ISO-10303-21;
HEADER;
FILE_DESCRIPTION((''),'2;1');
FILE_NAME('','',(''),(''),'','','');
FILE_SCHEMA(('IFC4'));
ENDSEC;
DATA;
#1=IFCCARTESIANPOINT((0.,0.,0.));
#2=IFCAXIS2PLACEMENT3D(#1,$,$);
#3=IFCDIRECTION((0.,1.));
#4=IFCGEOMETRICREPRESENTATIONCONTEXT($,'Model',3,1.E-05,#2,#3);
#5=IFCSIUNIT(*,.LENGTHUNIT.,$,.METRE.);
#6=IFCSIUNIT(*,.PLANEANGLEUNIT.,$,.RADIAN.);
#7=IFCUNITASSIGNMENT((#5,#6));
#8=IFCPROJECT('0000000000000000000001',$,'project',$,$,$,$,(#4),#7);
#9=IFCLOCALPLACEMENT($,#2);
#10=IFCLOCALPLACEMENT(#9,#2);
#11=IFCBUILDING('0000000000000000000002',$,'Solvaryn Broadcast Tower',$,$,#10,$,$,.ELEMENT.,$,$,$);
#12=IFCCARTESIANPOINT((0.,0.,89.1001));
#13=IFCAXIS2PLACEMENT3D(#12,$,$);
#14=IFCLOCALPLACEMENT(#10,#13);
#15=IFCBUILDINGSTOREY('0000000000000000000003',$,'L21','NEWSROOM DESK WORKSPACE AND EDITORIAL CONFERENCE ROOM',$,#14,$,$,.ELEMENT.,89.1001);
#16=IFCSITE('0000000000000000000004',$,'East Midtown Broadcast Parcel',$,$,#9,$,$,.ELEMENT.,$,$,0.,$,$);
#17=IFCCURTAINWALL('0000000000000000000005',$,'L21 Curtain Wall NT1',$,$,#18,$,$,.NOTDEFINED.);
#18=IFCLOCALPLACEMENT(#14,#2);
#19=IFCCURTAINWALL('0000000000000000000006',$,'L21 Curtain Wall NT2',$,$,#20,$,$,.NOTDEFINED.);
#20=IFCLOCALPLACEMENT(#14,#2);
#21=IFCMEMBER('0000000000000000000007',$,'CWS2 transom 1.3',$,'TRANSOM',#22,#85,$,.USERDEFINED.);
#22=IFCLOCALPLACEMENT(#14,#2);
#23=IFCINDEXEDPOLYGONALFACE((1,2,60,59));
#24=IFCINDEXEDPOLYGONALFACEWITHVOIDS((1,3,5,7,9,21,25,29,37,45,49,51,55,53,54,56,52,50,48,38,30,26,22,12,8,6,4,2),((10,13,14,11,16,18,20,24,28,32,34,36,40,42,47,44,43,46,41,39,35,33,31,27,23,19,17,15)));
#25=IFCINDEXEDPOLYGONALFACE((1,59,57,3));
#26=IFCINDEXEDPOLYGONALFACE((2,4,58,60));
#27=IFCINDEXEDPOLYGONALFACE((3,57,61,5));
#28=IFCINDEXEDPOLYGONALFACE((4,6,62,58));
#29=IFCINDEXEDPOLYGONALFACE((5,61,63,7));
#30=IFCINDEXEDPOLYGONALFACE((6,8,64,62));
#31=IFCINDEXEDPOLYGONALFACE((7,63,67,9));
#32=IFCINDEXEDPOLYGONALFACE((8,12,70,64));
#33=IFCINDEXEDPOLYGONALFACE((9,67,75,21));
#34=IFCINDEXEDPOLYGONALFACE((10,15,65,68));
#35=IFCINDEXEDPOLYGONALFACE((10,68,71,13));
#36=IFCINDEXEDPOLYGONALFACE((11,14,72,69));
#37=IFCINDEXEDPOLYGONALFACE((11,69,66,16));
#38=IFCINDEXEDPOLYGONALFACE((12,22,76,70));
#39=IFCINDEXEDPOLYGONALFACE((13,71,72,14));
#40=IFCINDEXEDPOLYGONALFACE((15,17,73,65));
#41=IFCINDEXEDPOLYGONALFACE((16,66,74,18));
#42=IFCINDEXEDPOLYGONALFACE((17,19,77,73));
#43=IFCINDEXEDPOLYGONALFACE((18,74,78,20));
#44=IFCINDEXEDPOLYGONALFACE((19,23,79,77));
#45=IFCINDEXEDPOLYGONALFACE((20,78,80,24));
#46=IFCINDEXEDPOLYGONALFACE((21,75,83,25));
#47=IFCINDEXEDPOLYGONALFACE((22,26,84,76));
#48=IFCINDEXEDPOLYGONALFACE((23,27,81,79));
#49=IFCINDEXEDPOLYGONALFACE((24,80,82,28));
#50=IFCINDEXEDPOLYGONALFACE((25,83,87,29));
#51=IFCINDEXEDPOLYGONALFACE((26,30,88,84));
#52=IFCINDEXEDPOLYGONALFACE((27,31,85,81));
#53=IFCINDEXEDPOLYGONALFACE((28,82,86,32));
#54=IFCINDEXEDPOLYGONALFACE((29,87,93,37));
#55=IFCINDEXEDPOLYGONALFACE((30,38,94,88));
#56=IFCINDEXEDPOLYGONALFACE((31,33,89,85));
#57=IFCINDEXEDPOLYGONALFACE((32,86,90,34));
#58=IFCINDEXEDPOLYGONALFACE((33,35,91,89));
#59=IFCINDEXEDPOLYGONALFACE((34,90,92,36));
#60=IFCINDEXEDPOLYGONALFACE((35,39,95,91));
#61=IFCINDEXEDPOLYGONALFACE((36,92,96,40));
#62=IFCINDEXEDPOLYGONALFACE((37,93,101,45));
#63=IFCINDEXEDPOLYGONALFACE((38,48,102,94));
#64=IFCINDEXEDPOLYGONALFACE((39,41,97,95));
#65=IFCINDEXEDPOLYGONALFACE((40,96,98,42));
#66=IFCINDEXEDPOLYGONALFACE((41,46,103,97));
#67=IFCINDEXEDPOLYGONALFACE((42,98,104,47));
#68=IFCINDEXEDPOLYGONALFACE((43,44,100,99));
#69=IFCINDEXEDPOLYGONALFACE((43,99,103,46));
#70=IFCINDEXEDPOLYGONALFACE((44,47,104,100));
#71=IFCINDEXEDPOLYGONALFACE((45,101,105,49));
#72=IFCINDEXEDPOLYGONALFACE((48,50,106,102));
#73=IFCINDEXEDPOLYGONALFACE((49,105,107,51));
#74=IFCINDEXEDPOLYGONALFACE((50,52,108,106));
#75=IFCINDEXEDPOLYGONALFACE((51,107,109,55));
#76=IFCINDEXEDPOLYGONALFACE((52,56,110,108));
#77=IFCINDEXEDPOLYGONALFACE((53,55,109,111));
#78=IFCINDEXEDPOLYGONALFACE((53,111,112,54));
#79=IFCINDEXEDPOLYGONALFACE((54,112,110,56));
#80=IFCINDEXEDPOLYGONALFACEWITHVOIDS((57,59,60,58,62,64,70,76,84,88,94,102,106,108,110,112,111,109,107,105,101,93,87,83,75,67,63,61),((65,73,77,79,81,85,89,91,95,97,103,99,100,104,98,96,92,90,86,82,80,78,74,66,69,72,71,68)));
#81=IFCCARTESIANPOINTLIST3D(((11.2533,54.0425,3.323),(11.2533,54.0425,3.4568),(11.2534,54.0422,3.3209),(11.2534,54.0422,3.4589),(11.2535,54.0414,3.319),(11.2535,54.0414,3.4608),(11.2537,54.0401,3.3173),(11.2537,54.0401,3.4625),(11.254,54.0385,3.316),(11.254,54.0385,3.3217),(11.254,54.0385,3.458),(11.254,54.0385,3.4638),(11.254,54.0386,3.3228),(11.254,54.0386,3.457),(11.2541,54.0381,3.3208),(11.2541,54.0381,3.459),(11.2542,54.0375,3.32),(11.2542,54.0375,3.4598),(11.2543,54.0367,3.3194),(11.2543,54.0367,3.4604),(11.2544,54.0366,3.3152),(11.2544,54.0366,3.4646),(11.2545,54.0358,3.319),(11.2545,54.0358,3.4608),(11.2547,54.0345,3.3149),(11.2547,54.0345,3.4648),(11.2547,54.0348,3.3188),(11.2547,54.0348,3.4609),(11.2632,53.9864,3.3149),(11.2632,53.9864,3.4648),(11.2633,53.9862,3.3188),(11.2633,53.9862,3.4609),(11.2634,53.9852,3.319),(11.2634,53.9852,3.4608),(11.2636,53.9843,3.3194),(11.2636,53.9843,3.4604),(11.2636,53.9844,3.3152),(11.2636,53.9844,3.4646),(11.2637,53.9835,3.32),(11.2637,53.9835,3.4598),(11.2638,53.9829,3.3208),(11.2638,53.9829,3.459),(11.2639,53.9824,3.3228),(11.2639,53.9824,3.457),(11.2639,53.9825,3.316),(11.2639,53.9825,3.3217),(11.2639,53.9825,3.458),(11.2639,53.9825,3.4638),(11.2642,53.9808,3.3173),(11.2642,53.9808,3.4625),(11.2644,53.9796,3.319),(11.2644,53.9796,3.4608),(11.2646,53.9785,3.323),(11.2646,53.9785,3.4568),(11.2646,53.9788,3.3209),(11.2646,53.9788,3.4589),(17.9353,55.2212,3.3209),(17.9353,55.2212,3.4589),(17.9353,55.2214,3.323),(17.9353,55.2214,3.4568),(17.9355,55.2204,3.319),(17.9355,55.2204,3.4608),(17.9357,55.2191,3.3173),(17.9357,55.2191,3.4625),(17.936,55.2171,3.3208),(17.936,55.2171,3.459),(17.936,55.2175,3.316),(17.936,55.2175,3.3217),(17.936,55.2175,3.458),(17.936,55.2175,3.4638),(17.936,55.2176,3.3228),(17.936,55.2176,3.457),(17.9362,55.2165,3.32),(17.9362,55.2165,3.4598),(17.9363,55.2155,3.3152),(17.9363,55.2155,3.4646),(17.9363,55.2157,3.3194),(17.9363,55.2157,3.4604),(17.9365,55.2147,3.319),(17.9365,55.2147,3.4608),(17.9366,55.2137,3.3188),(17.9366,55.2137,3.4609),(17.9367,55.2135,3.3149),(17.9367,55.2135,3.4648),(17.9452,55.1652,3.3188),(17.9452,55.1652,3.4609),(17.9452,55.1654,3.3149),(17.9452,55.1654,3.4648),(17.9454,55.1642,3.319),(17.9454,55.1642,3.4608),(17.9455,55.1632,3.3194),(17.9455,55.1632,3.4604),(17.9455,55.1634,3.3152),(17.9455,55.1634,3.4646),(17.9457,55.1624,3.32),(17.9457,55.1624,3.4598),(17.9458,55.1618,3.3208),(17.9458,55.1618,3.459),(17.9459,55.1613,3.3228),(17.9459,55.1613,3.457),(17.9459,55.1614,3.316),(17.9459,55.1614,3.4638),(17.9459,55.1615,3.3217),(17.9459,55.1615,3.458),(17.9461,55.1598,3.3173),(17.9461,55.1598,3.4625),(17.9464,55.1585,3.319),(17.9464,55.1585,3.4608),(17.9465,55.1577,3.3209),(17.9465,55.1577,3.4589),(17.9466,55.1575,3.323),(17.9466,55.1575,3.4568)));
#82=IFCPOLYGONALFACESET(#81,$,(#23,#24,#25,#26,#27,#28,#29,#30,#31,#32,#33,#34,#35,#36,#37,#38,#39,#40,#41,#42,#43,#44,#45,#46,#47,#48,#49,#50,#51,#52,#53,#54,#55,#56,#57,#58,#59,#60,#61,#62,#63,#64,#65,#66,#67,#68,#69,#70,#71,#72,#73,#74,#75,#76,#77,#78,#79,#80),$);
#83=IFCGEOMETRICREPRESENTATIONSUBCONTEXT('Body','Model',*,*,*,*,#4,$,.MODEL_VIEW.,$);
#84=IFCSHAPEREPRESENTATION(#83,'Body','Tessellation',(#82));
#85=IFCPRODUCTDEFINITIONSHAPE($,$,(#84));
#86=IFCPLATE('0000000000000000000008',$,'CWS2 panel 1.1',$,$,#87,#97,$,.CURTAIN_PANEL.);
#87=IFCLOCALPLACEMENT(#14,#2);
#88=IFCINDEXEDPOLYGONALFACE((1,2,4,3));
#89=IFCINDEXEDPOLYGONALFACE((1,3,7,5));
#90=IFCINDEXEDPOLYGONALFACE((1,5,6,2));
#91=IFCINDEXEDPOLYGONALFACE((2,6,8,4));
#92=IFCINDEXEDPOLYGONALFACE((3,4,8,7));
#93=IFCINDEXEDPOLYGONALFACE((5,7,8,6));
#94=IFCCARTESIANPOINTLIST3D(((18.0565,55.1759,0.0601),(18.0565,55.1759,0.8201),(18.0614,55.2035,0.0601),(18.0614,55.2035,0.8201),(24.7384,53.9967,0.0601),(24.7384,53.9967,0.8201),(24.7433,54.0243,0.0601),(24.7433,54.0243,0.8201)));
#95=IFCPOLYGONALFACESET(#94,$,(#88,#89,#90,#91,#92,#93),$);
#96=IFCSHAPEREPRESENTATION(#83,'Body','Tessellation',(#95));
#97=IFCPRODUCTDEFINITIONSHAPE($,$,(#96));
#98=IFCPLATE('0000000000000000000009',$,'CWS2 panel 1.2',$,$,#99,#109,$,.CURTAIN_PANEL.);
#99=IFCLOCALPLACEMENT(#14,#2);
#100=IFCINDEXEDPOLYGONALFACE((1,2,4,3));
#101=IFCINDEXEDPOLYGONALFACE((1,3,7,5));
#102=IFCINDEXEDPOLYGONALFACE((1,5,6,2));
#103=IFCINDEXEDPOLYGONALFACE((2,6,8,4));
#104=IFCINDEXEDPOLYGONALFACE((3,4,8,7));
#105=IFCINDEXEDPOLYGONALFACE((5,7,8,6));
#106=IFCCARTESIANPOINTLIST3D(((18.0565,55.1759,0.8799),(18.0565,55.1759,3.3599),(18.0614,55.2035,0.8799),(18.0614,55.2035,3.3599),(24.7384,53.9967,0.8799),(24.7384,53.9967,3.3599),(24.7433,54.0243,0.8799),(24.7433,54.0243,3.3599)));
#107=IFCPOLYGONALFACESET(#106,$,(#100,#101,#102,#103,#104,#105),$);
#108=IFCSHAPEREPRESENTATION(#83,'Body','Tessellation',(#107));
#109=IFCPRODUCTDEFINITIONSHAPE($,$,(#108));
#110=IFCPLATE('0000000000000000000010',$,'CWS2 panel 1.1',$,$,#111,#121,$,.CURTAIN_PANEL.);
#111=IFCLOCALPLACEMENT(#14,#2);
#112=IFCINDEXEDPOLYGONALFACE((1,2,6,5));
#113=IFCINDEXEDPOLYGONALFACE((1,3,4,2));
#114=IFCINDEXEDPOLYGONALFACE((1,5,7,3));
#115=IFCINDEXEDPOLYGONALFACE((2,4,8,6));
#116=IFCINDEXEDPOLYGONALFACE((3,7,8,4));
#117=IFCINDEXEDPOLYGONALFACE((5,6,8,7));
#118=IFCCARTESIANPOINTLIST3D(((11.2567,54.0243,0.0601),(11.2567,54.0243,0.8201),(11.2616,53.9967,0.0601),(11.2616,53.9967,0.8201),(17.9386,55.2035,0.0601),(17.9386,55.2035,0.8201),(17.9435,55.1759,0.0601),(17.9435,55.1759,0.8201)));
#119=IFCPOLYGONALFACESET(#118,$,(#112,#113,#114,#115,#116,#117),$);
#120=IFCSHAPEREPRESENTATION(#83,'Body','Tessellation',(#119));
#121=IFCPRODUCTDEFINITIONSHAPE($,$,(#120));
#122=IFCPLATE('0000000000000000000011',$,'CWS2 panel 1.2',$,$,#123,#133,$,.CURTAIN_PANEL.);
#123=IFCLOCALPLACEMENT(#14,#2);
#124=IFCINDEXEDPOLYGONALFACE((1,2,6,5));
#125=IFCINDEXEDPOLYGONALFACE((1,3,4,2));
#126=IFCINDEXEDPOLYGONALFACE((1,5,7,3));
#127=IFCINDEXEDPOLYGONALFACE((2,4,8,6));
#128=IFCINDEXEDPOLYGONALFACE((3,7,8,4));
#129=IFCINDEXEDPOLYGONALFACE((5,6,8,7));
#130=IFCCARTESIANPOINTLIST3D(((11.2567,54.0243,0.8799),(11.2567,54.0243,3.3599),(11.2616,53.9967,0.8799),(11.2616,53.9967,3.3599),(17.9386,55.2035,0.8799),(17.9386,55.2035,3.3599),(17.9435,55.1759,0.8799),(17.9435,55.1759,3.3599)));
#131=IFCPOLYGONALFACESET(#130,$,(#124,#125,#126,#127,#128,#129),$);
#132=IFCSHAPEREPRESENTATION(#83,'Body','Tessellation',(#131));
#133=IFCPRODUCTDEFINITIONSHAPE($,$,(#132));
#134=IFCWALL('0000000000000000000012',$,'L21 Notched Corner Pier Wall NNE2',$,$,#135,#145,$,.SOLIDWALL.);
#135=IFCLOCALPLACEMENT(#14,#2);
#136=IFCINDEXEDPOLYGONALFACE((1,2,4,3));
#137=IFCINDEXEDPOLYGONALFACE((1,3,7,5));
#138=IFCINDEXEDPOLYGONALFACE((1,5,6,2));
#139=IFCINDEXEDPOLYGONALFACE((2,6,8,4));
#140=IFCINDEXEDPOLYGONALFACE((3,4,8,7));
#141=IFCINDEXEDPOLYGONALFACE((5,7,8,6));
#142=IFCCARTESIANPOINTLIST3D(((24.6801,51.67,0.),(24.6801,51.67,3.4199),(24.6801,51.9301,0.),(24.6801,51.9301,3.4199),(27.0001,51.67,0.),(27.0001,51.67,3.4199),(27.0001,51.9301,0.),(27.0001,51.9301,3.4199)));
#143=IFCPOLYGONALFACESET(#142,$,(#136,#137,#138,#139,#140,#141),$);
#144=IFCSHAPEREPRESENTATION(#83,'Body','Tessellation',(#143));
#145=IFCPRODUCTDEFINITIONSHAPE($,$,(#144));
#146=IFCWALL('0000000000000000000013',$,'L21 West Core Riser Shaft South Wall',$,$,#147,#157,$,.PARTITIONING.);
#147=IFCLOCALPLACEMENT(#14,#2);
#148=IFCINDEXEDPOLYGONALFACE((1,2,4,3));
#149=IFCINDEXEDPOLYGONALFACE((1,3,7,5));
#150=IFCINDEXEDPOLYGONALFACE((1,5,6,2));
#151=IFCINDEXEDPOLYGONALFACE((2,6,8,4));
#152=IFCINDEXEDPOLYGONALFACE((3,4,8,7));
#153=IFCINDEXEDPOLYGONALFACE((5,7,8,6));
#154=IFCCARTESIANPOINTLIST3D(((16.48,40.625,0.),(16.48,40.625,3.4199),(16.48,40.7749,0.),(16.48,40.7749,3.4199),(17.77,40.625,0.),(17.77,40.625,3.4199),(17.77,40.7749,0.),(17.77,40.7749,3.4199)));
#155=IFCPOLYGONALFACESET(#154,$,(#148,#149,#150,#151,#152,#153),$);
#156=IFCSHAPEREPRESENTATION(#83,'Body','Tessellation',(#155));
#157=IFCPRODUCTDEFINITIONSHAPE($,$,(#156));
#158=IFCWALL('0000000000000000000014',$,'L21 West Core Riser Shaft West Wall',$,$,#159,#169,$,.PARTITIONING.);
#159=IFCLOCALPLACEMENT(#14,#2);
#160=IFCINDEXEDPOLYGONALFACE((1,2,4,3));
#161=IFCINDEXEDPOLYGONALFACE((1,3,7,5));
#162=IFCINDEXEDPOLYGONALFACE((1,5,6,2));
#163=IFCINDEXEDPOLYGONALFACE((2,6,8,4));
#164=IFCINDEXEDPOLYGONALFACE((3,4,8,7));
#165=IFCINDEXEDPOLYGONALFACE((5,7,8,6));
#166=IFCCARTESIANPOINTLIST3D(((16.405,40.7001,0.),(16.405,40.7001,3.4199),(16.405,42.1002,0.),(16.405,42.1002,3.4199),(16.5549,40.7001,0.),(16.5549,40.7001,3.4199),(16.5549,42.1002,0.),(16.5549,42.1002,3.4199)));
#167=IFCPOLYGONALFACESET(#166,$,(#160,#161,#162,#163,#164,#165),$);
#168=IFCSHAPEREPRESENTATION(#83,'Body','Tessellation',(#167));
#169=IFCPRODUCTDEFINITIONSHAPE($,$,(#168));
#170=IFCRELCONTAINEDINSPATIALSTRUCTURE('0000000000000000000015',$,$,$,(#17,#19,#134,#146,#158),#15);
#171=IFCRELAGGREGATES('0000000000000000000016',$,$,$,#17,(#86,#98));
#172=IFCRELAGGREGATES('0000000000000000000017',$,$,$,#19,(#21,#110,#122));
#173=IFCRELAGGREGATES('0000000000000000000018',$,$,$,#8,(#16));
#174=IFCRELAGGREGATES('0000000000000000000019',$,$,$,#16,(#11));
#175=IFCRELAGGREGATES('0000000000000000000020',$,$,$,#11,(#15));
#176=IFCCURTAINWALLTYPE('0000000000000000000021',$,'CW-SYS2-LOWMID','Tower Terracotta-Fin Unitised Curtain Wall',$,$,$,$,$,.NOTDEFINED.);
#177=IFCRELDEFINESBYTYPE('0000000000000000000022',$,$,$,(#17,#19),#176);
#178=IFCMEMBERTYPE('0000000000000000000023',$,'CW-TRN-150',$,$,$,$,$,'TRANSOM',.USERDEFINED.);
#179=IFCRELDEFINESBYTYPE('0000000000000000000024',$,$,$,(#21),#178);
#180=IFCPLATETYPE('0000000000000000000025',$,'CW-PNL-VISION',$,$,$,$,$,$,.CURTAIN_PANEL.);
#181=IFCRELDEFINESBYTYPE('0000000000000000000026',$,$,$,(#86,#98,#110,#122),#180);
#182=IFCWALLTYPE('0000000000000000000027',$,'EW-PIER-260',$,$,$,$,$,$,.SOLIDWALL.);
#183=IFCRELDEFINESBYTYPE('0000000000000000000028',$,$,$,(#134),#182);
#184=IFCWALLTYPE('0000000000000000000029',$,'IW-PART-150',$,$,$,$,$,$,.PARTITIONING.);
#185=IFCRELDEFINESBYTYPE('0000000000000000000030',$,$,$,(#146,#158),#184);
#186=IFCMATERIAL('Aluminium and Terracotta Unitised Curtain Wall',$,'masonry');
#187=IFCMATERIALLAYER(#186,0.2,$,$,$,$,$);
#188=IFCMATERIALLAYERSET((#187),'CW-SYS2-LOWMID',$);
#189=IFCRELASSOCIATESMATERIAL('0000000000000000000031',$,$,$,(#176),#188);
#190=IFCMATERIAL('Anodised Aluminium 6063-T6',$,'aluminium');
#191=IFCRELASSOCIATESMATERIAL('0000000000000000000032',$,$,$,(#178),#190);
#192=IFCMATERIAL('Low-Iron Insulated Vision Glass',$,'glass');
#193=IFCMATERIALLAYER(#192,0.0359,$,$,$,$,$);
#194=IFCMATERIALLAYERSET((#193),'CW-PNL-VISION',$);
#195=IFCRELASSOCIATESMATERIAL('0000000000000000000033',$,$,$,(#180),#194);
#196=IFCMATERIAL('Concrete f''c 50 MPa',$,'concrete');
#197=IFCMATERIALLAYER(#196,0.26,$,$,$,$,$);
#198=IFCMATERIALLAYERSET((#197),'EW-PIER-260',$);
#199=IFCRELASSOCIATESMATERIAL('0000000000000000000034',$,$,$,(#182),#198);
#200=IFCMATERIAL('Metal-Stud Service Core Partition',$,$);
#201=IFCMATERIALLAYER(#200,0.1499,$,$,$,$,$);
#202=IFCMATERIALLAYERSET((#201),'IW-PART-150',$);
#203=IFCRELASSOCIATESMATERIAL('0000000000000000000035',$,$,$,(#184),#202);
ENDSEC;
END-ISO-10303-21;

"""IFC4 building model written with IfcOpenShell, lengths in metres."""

from ifc_helpers import new_model, si_unit, direction, frame, frame_2d, origin, origin_2d, place, context, subcontext, project, spatial, rectangle, hollow_rectangle, extrude, material, layer, layer_set, material_profile, profile_set, type_object, element, aggregate, save


model = new_model("IFC4")

# Units and contexts
model_context = context("Model", 3, precision=1e-05, world=origin(), true_north=direction((0.0, 1.0)))
body_context = subcontext(model_context, "Body", "Model", "MODEL_VIEW")
ifc_project = project(units=[si_unit("LENGTHUNIT", "METRE"), si_unit("PLANEANGLEUNIT", "RADIAN")], contexts=[model_context])

# Site, building, storey
site_placement = place(None, origin())
site = spatial("IfcSite", under=ifc_project, at=site_placement, Name="East Midtown Broadcast Parcel", CompositionType="ELEMENT", RefElevation=0.0)
building_placement = place(site_placement, origin())
building = spatial("IfcBuilding", under=site, at=building_placement, Name="Solvaryn Broadcast Tower", CompositionType="ELEMENT")
storey_placement = place(building_placement, frame((0.0, 0.0, 89.1001)))
storey = spatial("IfcBuildingStorey", under=building, at=storey_placement, Name="L21", Description="NEWSROOM DESK WORKSPACE AND EDITORIAL CONFERENCE ROOM", CompositionType="ELEMENT", Elevation=89.1001)

# Curtain walls
ifc_material_1 = material(Name="Aluminium and Terracotta Unitised Curtain Wall", Category="masonry")
ifc_layer_1 = layer(ifc_material_1, 0.2)
ifc_layer_set_1 = layer_set([ifc_layer_1], Name="CW-SYS2-LOWMID")
curtain_wall_type = type_object("IfcCurtainWallType", Name="CW-SYS2-LOWMID", Description="Tower Terracotta-Fin Unitised Curtain Wall", PredefinedType="NOTDEFINED", material=ifc_layer_set_1)
curtain_wall_1_placement = place(storey_placement, origin())
curtain_wall_1 = element("IfcCurtainWall", 1, at=curtain_wall_1_placement, inside=storey, type_object=curtain_wall_type, Name="L21 Curtain Wall NT1", PredefinedType="NOTDEFINED")
curtain_wall_2_placement = place(storey_placement, origin())
curtain_wall_2 = element("IfcCurtainWall", 2, at=curtain_wall_2_placement, inside=storey, type_object=curtain_wall_type, Name="L21 Curtain Wall NT2", PredefinedType="NOTDEFINED")

# Member
ifc_material_2 = material(Name="Anodised Aluminium 6063-T6", Category="aluminium")
ifc_material_profile_1 = material_profile(ifc_material_2, hollow_rectangle(XDim=0.0649, YDim=0.1499, WallThickness=0.0039, InnerFilletRadius=0.0039, OuterFilletRadius=0.0081, at=origin_2d()))
ifc_profile_set_1 = profile_set([ifc_material_profile_1], Name="Anodised Aluminium 6063-T6")
member_type_1 = type_object("IfcMemberType", Name="CW-TRN-150", ElementType="TRANSOM", PredefinedType="USERDEFINED", material=ifc_profile_set_1)
member_1_placement = place(storey_placement, frame((17.9409, 55.1895, 3.3899), z_axis=(-0.984789, -0.173757, 0.0), x_axis=(0.173757, -0.984789, 0.0)))
member_1 = element("IfcMember", 3, at=member_1_placement, type_object=member_type_1, Name="CWS2 transom 1.3", ObjectType="TRANSOM", PredefinedType="USERDEFINED", context=body_context, shape_type="SweptSolid", body=[
    extrude(hollow_rectangle(XDim=0.0649, YDim=0.1499, WallThickness=0.0039, InnerFilletRadius=0.0039, OuterFilletRadius=0.0081, at=origin_2d()), origin(), (0.0, 0.0, 1.0), 6.7852),
])

# Plates
ifc_material_3 = material(Name="Low-Iron Insulated Vision Glass", Category="glass")
ifc_layer_2 = layer(ifc_material_3, 0.0359)
ifc_layer_set_2 = layer_set([ifc_layer_2], Name="CW-PNL-VISION")
plate_type = type_object("IfcPlateType", Name="CW-PNL-VISION", PredefinedType="CURTAIN_PANEL", material=ifc_layer_set_2)
plate_1_placement = place(storey_placement, frame((21.3999, 54.6001, 0.0601), z_axis=(0.0, 0.0, 1.0), x_axis=(-0.984784, 0.173785, 0.0)))
plate_1 = element("IfcPlate", 4, at=plate_1_placement, type_object=plate_type, Name="CWS2 panel 1.1", PredefinedType="CURTAIN_PANEL", context=body_context, shape_type="SweptSolid", body=[
    extrude(rectangle(XDim=6.7852, YDim=0.0281, at=origin_2d()), origin(), (0.0, 0.0, 1.0), 0.76),
])
plate_2_placement = place(storey_placement, frame((21.3999, 54.6001, 0.8799), z_axis=(0.0, 0.0, 1.0), x_axis=(-0.984784, 0.173785, 0.0)))
plate_2 = element("IfcPlate", 5, at=plate_2_placement, type_object=plate_type, Name="CWS2 panel 1.2", PredefinedType="CURTAIN_PANEL", context=body_context, shape_type="SweptSolid", body=[
    extrude(rectangle(XDim=6.7852, YDim=0.0281, at=origin_2d()), origin(), (0.0, 0.0, 1.0), 2.48),
])
aggregate(curtain_wall_1, [plate_1, plate_2])
plate_3_placement = place(storey_placement, frame((14.6001, 54.6001, 0.0601), z_axis=(0.0, 0.0, 1.0), x_axis=(-0.984784, -0.173785, 0.0)))
plate_3 = element("IfcPlate", 6, at=plate_3_placement, type_object=plate_type, Name="CWS2 panel 1.1", PredefinedType="CURTAIN_PANEL", context=body_context, shape_type="SweptSolid", body=[
    extrude(rectangle(XDim=6.7852, YDim=0.0281, at=origin_2d()), origin(), (0.0, 0.0, 1.0), 0.76),
])
plate_4_placement = place(storey_placement, frame((14.6001, 54.6001, 0.8799), z_axis=(0.0, 0.0, 1.0), x_axis=(-0.984784, -0.173785, 0.0)))
plate_4 = element("IfcPlate", 7, at=plate_4_placement, type_object=plate_type, Name="CWS2 panel 1.2", PredefinedType="CURTAIN_PANEL", context=body_context, shape_type="SweptSolid", body=[
    extrude(rectangle(XDim=6.7852, YDim=0.0281, at=origin_2d()), origin(), (0.0, 0.0, 1.0), 2.48),
])
aggregate(curtain_wall_2, [member_1, plate_3, plate_4])

# Walls
ifc_material_4 = material(Name="Concrete f'c 50 MPa", Category="concrete")
ifc_layer_3 = layer(ifc_material_4, 0.26)
ifc_layer_set_3 = layer_set([ifc_layer_3], Name="EW-PIER-260")
wall_type_1 = type_object("IfcWallType", Name="EW-PIER-260", PredefinedType="SOLIDWALL", material=ifc_layer_set_3)
wall_1_placement = place(storey_placement, frame((24.6799, 51.8, 0.0), z_axis=(0.0, 0.0, 1.0), x_axis=(1.0, 0.0, 0.0)))
element("IfcWall", 8, at=wall_1_placement, inside=storey, type_object=wall_type_1, Name="L21 Notched Corner Pier Wall NNE2", PredefinedType="SOLIDWALL", context=body_context, shape_type="SweptSolid", body=[
    extrude(rectangle(XDim=2.3201, YDim=0.26, at=frame_2d((1.1602, 0.0))), origin(), (0.0, 0.0, 1.0), 3.4199),
])
ifc_material_5 = material(Name="Metal-Stud Service Core Partition")
ifc_layer_4 = layer(ifc_material_5, 0.1499)
ifc_layer_set_4 = layer_set([ifc_layer_4], Name="IW-PART-150")
wall_type_2 = type_object("IfcWallType", Name="IW-PART-150", PredefinedType="PARTITIONING", material=ifc_layer_set_4)
wall_2_placement = place(storey_placement, frame((16.48, 40.7, 0.0), z_axis=(0.0, 0.0, 1.0), x_axis=(1.0, 0.0, 0.0)))
element("IfcWall", 9, at=wall_2_placement, inside=storey, type_object=wall_type_2, Name="L21 West Core Riser Shaft South Wall", PredefinedType="PARTITIONING", context=body_context, shape_type="SweptSolid", body=[
    extrude(rectangle(XDim=1.29, YDim=0.1499, at=frame_2d((0.645, 0.0))), origin(), (0.0, 0.0, 1.0), 3.4199),
])
wall_3_placement = place(storey_placement, frame((16.48, 40.7, 0.0), z_axis=(0.0, 0.0, 1.0), x_axis=(0.0, 1.0, 0.0)))
element("IfcWall", 10, at=wall_3_placement, inside=storey, type_object=wall_type_2, Name="L21 West Core Riser Shaft West Wall", PredefinedType="PARTITIONING", context=body_context, shape_type="SweptSolid", body=[
    extrude(rectangle(XDim=1.4001, YDim=0.1499, at=frame_2d((0.7002, 0.0))), origin(), (0.0, 0.0, 1.0), 3.4199),
])

save(model, "model.ifc")
